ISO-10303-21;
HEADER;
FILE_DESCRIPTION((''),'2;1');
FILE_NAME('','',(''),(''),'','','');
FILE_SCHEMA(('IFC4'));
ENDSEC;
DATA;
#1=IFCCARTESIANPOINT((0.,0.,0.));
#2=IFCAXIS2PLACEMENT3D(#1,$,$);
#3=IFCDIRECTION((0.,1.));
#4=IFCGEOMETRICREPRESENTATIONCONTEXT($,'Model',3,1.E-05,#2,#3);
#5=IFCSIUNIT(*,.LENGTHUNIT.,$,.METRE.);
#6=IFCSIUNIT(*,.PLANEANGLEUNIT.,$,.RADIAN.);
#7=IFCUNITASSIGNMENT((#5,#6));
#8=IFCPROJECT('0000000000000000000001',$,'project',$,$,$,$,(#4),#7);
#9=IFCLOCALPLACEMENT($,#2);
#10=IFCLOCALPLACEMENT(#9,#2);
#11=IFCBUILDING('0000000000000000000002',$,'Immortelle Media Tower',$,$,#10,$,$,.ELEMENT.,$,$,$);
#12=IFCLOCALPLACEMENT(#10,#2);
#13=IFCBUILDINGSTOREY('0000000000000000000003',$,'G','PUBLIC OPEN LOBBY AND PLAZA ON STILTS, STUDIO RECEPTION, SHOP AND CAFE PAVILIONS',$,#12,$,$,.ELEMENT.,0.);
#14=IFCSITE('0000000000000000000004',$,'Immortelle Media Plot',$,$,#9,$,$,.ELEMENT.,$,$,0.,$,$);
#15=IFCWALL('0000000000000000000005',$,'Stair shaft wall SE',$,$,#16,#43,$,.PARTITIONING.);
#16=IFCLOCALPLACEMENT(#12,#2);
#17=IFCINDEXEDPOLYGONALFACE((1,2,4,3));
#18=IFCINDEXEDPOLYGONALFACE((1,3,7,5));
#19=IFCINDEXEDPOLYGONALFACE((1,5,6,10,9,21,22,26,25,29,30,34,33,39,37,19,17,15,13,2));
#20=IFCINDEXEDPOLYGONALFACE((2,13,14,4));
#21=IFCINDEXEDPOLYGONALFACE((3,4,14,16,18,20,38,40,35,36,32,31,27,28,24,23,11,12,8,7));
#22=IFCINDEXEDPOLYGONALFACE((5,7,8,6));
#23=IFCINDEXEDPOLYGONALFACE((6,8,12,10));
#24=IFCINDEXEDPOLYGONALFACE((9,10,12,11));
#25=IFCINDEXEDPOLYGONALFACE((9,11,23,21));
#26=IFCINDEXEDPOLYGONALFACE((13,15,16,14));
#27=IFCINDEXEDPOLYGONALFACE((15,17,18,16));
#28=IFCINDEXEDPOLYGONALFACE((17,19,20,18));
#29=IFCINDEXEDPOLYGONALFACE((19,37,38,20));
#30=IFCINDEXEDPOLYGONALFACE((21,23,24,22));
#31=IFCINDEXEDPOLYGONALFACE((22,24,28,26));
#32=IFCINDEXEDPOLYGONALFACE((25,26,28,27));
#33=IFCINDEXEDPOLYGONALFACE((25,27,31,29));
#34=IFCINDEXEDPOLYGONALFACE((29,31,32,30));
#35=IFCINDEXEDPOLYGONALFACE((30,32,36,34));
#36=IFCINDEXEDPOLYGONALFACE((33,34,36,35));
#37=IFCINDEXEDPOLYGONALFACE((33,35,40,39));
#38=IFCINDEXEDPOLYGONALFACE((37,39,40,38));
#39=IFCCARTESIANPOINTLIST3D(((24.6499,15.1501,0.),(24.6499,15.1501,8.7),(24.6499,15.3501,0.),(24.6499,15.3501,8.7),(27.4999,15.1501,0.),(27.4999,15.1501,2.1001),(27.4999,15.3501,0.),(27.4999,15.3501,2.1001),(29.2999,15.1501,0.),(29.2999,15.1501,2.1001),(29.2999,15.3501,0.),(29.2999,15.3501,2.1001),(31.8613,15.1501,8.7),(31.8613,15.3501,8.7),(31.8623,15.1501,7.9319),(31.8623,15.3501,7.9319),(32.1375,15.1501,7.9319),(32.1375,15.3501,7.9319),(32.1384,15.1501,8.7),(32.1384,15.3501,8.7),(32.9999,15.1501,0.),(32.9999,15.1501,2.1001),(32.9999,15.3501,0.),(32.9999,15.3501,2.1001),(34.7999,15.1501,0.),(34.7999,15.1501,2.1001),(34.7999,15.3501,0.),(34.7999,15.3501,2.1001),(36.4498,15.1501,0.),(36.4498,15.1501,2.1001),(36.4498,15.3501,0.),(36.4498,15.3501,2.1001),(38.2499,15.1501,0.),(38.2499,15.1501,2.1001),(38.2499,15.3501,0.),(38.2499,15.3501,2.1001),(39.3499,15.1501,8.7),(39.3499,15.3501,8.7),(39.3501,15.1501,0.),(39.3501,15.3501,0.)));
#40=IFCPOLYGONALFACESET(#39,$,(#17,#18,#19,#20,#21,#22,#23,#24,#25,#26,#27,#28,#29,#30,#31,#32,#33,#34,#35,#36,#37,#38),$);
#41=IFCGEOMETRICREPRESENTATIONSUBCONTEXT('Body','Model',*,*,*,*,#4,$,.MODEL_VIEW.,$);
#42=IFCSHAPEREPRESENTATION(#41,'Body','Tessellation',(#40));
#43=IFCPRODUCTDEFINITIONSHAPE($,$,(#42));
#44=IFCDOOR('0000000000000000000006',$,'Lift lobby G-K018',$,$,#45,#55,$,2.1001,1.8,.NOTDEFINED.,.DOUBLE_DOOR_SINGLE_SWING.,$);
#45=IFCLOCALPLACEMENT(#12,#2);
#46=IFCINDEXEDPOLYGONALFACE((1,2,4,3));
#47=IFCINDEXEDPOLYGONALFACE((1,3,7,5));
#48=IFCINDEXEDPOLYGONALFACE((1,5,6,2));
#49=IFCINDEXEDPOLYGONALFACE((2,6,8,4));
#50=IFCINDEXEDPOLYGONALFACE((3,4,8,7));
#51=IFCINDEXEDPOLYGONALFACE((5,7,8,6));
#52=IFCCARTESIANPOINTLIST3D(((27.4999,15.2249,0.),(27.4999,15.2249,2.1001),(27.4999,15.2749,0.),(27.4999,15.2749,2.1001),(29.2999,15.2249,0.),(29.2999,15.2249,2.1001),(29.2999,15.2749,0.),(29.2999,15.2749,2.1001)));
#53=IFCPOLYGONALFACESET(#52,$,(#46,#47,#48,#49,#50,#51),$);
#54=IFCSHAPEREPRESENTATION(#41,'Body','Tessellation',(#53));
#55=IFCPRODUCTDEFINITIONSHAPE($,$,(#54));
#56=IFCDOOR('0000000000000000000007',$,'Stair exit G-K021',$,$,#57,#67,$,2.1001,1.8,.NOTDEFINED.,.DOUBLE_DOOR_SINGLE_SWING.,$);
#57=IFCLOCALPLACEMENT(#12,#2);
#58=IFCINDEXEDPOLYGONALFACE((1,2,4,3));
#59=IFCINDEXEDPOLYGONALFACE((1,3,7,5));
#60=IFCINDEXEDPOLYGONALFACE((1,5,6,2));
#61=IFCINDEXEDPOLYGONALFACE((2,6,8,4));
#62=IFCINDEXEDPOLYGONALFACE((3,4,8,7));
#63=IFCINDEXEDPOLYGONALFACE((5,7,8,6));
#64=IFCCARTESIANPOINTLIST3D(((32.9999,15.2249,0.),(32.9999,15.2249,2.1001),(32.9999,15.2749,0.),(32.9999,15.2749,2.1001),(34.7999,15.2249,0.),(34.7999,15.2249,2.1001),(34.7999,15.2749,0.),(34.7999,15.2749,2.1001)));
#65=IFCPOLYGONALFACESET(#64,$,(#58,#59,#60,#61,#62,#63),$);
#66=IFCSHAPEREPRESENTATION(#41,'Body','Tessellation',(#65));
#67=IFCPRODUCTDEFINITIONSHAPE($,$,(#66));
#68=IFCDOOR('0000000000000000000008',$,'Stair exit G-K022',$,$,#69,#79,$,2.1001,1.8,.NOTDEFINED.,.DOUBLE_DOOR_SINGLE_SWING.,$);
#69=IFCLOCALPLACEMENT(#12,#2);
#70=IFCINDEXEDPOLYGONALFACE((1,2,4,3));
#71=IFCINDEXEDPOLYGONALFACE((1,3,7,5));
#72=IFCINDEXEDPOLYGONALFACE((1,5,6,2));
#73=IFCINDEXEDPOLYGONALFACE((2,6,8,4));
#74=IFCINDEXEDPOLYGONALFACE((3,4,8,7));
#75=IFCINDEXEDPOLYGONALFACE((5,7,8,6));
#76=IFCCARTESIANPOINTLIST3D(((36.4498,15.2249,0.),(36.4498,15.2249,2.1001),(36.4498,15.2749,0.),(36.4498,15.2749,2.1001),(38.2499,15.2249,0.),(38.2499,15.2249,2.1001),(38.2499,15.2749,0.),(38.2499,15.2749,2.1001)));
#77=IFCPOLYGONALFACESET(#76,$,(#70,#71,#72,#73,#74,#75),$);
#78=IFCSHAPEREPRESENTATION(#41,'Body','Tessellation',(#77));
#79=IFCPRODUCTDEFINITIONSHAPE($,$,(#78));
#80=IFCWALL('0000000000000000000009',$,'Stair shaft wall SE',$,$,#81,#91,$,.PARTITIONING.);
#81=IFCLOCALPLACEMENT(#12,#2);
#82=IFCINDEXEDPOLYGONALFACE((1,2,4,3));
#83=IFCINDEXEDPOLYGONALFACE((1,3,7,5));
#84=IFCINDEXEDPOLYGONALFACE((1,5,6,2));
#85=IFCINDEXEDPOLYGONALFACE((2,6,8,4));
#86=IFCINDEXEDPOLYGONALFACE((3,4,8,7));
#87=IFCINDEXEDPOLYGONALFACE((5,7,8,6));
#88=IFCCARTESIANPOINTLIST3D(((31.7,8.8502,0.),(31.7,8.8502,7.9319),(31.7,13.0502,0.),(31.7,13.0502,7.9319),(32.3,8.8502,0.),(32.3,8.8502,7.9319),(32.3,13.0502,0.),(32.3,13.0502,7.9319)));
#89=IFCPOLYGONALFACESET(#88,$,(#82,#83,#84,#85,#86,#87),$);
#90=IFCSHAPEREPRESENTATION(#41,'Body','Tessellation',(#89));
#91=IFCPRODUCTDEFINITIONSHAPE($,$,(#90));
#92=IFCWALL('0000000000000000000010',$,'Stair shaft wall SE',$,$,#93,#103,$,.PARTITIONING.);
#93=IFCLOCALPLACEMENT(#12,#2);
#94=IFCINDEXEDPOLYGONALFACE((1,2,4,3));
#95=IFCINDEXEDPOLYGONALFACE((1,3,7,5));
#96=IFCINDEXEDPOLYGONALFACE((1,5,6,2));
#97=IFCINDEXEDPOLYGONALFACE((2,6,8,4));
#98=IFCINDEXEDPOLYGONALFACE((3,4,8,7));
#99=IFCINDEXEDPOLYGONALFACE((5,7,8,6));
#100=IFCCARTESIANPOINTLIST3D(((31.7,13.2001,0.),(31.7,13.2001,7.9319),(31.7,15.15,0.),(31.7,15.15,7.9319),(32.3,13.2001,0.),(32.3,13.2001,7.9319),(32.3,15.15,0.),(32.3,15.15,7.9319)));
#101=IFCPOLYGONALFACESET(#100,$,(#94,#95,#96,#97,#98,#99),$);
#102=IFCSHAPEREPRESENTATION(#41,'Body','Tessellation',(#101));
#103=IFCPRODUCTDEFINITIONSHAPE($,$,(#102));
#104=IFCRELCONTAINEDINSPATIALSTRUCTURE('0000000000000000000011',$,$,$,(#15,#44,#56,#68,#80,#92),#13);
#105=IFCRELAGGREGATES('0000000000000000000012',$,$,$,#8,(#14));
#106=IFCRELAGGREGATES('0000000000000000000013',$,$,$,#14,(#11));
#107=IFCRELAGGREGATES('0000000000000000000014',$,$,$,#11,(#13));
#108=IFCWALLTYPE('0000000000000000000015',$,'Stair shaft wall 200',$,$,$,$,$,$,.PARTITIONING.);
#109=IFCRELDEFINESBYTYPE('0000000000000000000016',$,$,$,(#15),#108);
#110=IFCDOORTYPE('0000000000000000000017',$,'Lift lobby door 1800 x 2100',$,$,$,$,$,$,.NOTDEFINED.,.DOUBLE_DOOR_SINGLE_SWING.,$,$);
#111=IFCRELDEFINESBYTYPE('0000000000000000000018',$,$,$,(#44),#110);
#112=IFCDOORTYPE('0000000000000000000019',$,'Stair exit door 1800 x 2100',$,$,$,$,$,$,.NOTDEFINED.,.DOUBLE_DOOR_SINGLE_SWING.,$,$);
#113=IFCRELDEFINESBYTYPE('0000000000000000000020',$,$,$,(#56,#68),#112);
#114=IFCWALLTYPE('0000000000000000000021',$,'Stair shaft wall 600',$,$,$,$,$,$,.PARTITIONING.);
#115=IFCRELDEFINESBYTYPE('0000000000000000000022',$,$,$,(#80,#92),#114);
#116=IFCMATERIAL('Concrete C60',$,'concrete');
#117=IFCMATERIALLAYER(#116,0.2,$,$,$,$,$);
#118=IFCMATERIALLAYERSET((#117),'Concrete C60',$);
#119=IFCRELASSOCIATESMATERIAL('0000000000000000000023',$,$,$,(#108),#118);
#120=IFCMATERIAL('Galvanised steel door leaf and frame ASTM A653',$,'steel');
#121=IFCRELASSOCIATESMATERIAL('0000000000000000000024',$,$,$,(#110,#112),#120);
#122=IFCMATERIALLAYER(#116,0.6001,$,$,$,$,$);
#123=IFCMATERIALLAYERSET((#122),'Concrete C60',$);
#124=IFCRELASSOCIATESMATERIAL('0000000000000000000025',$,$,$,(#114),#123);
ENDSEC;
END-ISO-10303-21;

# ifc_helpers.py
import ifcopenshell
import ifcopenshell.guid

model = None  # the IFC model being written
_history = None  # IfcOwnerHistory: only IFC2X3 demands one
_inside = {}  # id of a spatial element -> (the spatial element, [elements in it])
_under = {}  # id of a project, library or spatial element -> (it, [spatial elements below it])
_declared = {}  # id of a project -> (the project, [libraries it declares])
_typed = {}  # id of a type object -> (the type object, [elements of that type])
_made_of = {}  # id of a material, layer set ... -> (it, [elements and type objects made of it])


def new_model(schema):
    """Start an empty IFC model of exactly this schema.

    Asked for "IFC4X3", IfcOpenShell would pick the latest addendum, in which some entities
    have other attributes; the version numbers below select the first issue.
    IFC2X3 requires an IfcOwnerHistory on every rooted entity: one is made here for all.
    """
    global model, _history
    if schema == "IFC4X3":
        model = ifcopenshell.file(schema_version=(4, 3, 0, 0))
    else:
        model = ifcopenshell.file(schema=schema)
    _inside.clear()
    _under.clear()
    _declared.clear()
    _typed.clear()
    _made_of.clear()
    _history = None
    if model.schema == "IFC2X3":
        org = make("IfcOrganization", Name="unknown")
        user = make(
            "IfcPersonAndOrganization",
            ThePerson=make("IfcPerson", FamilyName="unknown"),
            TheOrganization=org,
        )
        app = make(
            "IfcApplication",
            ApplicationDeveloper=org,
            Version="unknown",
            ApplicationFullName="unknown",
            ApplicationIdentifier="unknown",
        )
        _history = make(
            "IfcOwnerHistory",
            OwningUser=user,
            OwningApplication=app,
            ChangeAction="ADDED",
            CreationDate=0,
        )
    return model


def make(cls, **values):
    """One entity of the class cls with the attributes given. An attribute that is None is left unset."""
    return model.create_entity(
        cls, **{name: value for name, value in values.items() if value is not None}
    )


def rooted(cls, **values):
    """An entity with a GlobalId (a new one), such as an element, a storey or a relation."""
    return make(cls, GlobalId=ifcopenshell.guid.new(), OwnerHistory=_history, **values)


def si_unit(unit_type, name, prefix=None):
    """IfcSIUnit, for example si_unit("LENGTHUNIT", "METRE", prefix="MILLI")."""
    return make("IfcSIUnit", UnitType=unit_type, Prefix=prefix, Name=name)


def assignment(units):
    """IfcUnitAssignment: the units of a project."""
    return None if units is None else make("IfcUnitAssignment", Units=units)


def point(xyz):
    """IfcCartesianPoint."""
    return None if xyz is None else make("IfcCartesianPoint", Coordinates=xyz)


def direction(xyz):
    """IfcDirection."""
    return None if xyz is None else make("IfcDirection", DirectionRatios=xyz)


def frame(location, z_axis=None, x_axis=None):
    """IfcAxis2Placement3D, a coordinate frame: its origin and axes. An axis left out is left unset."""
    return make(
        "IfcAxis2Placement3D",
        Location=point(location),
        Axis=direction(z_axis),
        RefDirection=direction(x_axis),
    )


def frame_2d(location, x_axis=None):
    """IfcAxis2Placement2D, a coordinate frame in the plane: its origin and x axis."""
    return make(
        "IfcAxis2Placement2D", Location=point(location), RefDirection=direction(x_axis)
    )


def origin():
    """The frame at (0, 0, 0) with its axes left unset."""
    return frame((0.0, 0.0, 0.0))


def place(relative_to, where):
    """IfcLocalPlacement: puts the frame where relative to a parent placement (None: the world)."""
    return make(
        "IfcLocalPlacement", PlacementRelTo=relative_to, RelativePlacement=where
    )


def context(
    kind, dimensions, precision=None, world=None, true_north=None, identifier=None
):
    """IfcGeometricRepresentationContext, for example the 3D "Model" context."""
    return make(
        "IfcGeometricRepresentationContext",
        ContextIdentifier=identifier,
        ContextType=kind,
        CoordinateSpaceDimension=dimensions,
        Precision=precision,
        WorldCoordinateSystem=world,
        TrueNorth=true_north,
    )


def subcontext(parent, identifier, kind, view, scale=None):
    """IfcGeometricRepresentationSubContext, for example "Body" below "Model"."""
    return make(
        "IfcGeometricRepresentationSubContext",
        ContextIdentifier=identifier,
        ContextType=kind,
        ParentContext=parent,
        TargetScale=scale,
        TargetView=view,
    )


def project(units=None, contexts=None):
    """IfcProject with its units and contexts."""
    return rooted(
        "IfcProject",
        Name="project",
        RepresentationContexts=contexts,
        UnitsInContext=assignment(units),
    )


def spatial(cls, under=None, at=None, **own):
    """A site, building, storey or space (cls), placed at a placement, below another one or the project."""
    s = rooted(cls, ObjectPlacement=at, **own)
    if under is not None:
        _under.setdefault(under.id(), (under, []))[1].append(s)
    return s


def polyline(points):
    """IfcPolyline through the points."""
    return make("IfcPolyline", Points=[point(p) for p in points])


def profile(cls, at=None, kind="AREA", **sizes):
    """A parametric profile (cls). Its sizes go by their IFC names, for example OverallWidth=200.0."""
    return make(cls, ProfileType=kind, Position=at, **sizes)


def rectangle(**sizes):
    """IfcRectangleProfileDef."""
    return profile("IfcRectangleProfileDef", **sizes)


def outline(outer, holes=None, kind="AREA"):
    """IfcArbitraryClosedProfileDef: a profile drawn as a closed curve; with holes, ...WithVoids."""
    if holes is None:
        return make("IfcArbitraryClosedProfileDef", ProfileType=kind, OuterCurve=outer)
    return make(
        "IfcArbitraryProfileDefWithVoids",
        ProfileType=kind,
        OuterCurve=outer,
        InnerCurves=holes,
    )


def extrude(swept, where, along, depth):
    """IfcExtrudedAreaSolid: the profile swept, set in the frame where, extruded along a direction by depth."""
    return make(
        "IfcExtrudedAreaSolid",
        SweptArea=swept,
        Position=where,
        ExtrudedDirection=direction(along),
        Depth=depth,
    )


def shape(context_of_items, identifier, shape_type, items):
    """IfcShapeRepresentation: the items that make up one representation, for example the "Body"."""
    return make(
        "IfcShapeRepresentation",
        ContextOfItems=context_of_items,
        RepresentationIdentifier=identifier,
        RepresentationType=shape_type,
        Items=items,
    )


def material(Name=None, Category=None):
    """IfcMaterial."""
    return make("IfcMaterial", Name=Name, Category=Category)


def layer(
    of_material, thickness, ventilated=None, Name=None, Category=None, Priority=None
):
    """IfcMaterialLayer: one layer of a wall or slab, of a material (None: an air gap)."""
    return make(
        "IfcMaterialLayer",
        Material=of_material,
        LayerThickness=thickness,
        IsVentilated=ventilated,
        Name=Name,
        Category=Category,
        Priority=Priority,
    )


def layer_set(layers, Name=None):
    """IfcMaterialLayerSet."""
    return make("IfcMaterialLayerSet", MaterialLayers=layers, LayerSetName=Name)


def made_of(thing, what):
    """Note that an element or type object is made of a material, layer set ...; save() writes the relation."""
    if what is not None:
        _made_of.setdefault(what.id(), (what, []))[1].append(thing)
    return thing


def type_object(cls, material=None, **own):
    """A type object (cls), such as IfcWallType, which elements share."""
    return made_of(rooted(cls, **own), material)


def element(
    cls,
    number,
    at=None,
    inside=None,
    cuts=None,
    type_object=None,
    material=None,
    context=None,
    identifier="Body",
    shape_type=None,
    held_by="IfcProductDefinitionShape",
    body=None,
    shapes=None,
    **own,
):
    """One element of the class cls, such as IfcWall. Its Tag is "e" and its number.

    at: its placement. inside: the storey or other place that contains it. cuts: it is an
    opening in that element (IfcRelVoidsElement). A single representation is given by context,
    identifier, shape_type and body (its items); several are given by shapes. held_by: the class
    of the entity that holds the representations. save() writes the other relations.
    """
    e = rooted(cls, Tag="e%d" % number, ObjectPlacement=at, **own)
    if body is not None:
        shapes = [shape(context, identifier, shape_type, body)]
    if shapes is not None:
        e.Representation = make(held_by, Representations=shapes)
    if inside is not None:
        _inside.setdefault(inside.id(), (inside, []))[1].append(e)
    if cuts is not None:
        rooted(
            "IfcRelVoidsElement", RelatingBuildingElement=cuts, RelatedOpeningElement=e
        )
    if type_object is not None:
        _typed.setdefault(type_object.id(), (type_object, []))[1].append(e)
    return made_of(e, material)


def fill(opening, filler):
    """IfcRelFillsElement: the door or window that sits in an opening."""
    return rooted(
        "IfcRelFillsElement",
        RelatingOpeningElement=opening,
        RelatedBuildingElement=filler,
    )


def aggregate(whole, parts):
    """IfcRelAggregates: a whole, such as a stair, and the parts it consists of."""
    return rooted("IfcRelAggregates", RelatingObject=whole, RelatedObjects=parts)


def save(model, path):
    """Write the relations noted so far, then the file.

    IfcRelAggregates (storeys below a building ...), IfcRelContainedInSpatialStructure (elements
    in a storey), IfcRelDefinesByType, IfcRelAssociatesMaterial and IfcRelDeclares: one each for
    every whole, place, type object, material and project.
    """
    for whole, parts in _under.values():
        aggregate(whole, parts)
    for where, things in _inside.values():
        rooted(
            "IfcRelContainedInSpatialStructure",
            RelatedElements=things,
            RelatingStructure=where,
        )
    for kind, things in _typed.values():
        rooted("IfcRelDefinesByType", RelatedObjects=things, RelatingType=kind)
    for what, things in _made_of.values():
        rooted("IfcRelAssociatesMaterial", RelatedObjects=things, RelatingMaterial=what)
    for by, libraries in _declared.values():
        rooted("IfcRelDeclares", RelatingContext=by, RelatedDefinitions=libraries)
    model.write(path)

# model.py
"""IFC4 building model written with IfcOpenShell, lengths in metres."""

from ifc_helpers import new_model, si_unit, direction, frame, frame_2d, origin, place, context, subcontext, project, spatial, polyline, rectangle, outline, extrude, material, layer, layer_set, type_object, element, fill, save


model = new_model("IFC4")

# Units and contexts
model_context = context("Model", 3, precision=1e-05, world=origin(), true_north=direction((0.0, 1.0)))
body_context = subcontext(model_context, "Body", "Model", "MODEL_VIEW")
ifc_project = project(units=[si_unit("LENGTHUNIT", "METRE"), si_unit("PLANEANGLEUNIT", "RADIAN")], contexts=[model_context])

# Site, building, storey
site_placement = place(None, origin())
site = spatial("IfcSite", under=ifc_project, at=site_placement, Name="Immortelle Media Plot", CompositionType="ELEMENT", RefElevation=0.0)
building_placement = place(site_placement, origin())
building = spatial("IfcBuilding", under=site, at=building_placement, Name="Immortelle Media Tower", CompositionType="ELEMENT")
storey_placement = place(building_placement, origin())
storey = spatial("IfcBuildingStorey", under=building, at=storey_placement, Name="G", Description="PUBLIC OPEN LOBBY AND PLAZA ON STILTS, STUDIO RECEPTION, SHOP AND CAFE PAVILIONS", CompositionType="ELEMENT", Elevation=0.0)

# Shared definitions
ifc_material_1 = material(Name="Galvanised steel door leaf and frame ASTM A653", Category="steel")

# Wall, openings, doors
ifc_material_2 = material(Name="Concrete C60", Category="concrete")
ifc_layer_1 = layer(ifc_material_2, 0.2)
ifc_layer_set_1 = layer_set([ifc_layer_1], Name="Concrete C60")
wall_type_1 = type_object("IfcWallType", Name="Stair shaft wall 200", PredefinedType="PARTITIONING", material=ifc_layer_set_1)
wall_1_placement = place(storey_placement, frame((24.6499, 15.25, 0.0), z_axis=(0.0, 0.0, 1.0), x_axis=(1.0, 0.0, 0.0)))
wall_1 = element("IfcWall", 1, at=wall_1_placement, inside=storey, type_object=wall_type_1, Name="Stair shaft wall SE", PredefinedType="PARTITIONING", context=body_context, shape_type="SweptSolid", body=[
    extrude(outline(polyline([(0.0, 0.0), (14.7002, 0.0), (14.7, 8.7), (7.4885, 8.7), (7.4875, 7.9319), (7.2124, 7.9319), (7.2114, 8.7), (0.0, 8.7), (0.0, 0.0)])), frame((0.0, 0.1001, 0.0), z_axis=(0.0, -1.0, 0.0), x_axis=(1.0, 0.0, 0.0)), (0.0, 0.0, 1.0), 0.2),
])
opening_1_placement = place(wall_1_placement, frame((2.8501, 0.0, 0.0)))
opening_1 = element("IfcOpeningElement", 2, at=opening_1_placement, cuts=wall_1, PredefinedType="OPENING", context=body_context, shape_type="SweptSolid", body=[
    extrude(rectangle(XDim=1.8, YDim=2.1001, at=frame_2d((0.8999, 1.05))), frame((0.0, 0.1099, 0.0), z_axis=(0.0, -1.0, 0.0), x_axis=(1.0, 0.0, 0.0)), (0.0, 0.0, 1.0), 0.22),
])
opening_2_placement = place(wall_1_placement, frame((8.3501, 0.0, 0.0)))
opening_2 = element("IfcOpeningElement", 3, at=opening_2_placement, cuts=wall_1, PredefinedType="OPENING", context=body_context, shape_type="SweptSolid", body=[
    extrude(rectangle(XDim=1.8, YDim=2.1001, at=frame_2d((0.8999, 1.05))), frame((0.0, 0.1099, 0.0), z_axis=(0.0, -1.0, 0.0), x_axis=(1.0, 0.0, 0.0)), (0.0, 0.0, 1.0), 0.22),
])
opening_3_placement = place(wall_1_placement, frame((11.8, 0.0, 0.0)))
opening_3 = element("IfcOpeningElement", 4, at=opening_3_placement, cuts=wall_1, PredefinedType="OPENING", context=body_context, shape_type="SweptSolid", body=[
    extrude(rectangle(XDim=1.8, YDim=2.1001, at=frame_2d((0.8999, 1.05))), frame((0.0, 0.1099, 0.0), z_axis=(0.0, -1.0, 0.0), x_axis=(1.0, 0.0, 0.0)), (0.0, 0.0, 1.0), 0.22),
])
door_type_1 = type_object("IfcDoorType", Name="Lift lobby door 1800 x 2100", OperationType="DOUBLE_DOOR_SINGLE_SWING", PredefinedType="NOTDEFINED", material=ifc_material_1)
door_1_placement = place(opening_1_placement, origin())
door_1 = element("IfcDoor", 5, at=door_1_placement, inside=storey, type_object=door_type_1, Name="Lift lobby G-K018", OperationType="DOUBLE_DOOR_SINGLE_SWING", OverallHeight=2.1001, OverallWidth=1.8, PredefinedType="NOTDEFINED", context=body_context, shape_type="SweptSolid", body=[
    extrude(rectangle(XDim=1.8, YDim=2.1001, at=frame_2d((0.8999, 1.05))), frame((0.0, 0.0249, 0.0), z_axis=(0.0, -1.0, 0.0), x_axis=(1.0, 0.0, 0.0)), (0.0, 0.0, 1.0), 0.05),
])
fill(opening_1, door_1)
door_type_2 = type_object("IfcDoorType", Name="Stair exit door 1800 x 2100", OperationType="DOUBLE_DOOR_SINGLE_SWING", PredefinedType="NOTDEFINED", material=ifc_material_1)
door_2_placement = place(opening_2_placement, origin())
door_2 = element("IfcDoor", 6, at=door_2_placement, inside=storey, type_object=door_type_2, Name="Stair exit G-K021", OperationType="DOUBLE_DOOR_SINGLE_SWING", OverallHeight=2.1001, OverallWidth=1.8, PredefinedType="NOTDEFINED", context=body_context, shape_type="SweptSolid", body=[
    extrude(rectangle(XDim=1.8, YDim=2.1001, at=frame_2d((0.8999, 1.05))), frame((0.0, 0.0249, 0.0), z_axis=(0.0, -1.0, 0.0), x_axis=(1.0, 0.0, 0.0)), (0.0, 0.0, 1.0), 0.05),
])
fill(opening_2, door_2)
door_3_placement = place(opening_3_placement, origin())
door_3 = element("IfcDoor", 7, at=door_3_placement, inside=storey, type_object=door_type_2, Name="Stair exit G-K022", OperationType="DOUBLE_DOOR_SINGLE_SWING", OverallHeight=2.1001, OverallWidth=1.8, PredefinedType="NOTDEFINED", context=body_context, shape_type="SweptSolid", body=[
    extrude(rectangle(XDim=1.8, YDim=2.1001, at=frame_2d((0.8999, 1.05))), frame((0.0, 0.0249, 0.0), z_axis=(0.0, -1.0, 0.0), x_axis=(1.0, 0.0, 0.0)), (0.0, 0.0, 1.0), 0.05),
])
fill(opening_3, door_3)

# Walls
ifc_layer_2 = layer(ifc_material_2, 0.6001)
ifc_layer_set_2 = layer_set([ifc_layer_2], Name="Concrete C60")
wall_type_2 = type_object("IfcWallType", Name="Stair shaft wall 600", PredefinedType="PARTITIONING", material=ifc_layer_set_2)
wall_2_placement = place(storey_placement, frame((32.0, 8.8501, 0.0), z_axis=(0.0, 0.0, 1.0), x_axis=(0.0, 1.0, 0.0)))
element("IfcWall", 8, at=wall_2_placement, inside=storey, type_object=wall_type_2, Name="Stair shaft wall SE", PredefinedType="PARTITIONING", context=body_context, shape_type="SweptSolid", body=[
    extrude(rectangle(XDim=4.2, YDim=0.6001, at=frame_2d((2.1001, 0.0))), origin(), (0.0, 0.0, 1.0), 7.9319),
])
wall_3_placement = place(storey_placement, frame((32.0, 13.2, 0.0), z_axis=(0.0, 0.0, 1.0), x_axis=(0.0, 1.0, 0.0)))
element("IfcWall", 9, at=wall_3_placement, inside=storey, type_object=wall_type_2, Name="Stair shaft wall SE", PredefinedType="PARTITIONING", context=body_context, shape_type="SweptSolid", body=[
    extrude(rectangle(XDim=1.95, YDim=0.6001, at=frame_2d((0.9751, 0.0))), origin(), (0.0, 0.0, 1.0), 7.9319),
])

save(model, "model.ifc")
